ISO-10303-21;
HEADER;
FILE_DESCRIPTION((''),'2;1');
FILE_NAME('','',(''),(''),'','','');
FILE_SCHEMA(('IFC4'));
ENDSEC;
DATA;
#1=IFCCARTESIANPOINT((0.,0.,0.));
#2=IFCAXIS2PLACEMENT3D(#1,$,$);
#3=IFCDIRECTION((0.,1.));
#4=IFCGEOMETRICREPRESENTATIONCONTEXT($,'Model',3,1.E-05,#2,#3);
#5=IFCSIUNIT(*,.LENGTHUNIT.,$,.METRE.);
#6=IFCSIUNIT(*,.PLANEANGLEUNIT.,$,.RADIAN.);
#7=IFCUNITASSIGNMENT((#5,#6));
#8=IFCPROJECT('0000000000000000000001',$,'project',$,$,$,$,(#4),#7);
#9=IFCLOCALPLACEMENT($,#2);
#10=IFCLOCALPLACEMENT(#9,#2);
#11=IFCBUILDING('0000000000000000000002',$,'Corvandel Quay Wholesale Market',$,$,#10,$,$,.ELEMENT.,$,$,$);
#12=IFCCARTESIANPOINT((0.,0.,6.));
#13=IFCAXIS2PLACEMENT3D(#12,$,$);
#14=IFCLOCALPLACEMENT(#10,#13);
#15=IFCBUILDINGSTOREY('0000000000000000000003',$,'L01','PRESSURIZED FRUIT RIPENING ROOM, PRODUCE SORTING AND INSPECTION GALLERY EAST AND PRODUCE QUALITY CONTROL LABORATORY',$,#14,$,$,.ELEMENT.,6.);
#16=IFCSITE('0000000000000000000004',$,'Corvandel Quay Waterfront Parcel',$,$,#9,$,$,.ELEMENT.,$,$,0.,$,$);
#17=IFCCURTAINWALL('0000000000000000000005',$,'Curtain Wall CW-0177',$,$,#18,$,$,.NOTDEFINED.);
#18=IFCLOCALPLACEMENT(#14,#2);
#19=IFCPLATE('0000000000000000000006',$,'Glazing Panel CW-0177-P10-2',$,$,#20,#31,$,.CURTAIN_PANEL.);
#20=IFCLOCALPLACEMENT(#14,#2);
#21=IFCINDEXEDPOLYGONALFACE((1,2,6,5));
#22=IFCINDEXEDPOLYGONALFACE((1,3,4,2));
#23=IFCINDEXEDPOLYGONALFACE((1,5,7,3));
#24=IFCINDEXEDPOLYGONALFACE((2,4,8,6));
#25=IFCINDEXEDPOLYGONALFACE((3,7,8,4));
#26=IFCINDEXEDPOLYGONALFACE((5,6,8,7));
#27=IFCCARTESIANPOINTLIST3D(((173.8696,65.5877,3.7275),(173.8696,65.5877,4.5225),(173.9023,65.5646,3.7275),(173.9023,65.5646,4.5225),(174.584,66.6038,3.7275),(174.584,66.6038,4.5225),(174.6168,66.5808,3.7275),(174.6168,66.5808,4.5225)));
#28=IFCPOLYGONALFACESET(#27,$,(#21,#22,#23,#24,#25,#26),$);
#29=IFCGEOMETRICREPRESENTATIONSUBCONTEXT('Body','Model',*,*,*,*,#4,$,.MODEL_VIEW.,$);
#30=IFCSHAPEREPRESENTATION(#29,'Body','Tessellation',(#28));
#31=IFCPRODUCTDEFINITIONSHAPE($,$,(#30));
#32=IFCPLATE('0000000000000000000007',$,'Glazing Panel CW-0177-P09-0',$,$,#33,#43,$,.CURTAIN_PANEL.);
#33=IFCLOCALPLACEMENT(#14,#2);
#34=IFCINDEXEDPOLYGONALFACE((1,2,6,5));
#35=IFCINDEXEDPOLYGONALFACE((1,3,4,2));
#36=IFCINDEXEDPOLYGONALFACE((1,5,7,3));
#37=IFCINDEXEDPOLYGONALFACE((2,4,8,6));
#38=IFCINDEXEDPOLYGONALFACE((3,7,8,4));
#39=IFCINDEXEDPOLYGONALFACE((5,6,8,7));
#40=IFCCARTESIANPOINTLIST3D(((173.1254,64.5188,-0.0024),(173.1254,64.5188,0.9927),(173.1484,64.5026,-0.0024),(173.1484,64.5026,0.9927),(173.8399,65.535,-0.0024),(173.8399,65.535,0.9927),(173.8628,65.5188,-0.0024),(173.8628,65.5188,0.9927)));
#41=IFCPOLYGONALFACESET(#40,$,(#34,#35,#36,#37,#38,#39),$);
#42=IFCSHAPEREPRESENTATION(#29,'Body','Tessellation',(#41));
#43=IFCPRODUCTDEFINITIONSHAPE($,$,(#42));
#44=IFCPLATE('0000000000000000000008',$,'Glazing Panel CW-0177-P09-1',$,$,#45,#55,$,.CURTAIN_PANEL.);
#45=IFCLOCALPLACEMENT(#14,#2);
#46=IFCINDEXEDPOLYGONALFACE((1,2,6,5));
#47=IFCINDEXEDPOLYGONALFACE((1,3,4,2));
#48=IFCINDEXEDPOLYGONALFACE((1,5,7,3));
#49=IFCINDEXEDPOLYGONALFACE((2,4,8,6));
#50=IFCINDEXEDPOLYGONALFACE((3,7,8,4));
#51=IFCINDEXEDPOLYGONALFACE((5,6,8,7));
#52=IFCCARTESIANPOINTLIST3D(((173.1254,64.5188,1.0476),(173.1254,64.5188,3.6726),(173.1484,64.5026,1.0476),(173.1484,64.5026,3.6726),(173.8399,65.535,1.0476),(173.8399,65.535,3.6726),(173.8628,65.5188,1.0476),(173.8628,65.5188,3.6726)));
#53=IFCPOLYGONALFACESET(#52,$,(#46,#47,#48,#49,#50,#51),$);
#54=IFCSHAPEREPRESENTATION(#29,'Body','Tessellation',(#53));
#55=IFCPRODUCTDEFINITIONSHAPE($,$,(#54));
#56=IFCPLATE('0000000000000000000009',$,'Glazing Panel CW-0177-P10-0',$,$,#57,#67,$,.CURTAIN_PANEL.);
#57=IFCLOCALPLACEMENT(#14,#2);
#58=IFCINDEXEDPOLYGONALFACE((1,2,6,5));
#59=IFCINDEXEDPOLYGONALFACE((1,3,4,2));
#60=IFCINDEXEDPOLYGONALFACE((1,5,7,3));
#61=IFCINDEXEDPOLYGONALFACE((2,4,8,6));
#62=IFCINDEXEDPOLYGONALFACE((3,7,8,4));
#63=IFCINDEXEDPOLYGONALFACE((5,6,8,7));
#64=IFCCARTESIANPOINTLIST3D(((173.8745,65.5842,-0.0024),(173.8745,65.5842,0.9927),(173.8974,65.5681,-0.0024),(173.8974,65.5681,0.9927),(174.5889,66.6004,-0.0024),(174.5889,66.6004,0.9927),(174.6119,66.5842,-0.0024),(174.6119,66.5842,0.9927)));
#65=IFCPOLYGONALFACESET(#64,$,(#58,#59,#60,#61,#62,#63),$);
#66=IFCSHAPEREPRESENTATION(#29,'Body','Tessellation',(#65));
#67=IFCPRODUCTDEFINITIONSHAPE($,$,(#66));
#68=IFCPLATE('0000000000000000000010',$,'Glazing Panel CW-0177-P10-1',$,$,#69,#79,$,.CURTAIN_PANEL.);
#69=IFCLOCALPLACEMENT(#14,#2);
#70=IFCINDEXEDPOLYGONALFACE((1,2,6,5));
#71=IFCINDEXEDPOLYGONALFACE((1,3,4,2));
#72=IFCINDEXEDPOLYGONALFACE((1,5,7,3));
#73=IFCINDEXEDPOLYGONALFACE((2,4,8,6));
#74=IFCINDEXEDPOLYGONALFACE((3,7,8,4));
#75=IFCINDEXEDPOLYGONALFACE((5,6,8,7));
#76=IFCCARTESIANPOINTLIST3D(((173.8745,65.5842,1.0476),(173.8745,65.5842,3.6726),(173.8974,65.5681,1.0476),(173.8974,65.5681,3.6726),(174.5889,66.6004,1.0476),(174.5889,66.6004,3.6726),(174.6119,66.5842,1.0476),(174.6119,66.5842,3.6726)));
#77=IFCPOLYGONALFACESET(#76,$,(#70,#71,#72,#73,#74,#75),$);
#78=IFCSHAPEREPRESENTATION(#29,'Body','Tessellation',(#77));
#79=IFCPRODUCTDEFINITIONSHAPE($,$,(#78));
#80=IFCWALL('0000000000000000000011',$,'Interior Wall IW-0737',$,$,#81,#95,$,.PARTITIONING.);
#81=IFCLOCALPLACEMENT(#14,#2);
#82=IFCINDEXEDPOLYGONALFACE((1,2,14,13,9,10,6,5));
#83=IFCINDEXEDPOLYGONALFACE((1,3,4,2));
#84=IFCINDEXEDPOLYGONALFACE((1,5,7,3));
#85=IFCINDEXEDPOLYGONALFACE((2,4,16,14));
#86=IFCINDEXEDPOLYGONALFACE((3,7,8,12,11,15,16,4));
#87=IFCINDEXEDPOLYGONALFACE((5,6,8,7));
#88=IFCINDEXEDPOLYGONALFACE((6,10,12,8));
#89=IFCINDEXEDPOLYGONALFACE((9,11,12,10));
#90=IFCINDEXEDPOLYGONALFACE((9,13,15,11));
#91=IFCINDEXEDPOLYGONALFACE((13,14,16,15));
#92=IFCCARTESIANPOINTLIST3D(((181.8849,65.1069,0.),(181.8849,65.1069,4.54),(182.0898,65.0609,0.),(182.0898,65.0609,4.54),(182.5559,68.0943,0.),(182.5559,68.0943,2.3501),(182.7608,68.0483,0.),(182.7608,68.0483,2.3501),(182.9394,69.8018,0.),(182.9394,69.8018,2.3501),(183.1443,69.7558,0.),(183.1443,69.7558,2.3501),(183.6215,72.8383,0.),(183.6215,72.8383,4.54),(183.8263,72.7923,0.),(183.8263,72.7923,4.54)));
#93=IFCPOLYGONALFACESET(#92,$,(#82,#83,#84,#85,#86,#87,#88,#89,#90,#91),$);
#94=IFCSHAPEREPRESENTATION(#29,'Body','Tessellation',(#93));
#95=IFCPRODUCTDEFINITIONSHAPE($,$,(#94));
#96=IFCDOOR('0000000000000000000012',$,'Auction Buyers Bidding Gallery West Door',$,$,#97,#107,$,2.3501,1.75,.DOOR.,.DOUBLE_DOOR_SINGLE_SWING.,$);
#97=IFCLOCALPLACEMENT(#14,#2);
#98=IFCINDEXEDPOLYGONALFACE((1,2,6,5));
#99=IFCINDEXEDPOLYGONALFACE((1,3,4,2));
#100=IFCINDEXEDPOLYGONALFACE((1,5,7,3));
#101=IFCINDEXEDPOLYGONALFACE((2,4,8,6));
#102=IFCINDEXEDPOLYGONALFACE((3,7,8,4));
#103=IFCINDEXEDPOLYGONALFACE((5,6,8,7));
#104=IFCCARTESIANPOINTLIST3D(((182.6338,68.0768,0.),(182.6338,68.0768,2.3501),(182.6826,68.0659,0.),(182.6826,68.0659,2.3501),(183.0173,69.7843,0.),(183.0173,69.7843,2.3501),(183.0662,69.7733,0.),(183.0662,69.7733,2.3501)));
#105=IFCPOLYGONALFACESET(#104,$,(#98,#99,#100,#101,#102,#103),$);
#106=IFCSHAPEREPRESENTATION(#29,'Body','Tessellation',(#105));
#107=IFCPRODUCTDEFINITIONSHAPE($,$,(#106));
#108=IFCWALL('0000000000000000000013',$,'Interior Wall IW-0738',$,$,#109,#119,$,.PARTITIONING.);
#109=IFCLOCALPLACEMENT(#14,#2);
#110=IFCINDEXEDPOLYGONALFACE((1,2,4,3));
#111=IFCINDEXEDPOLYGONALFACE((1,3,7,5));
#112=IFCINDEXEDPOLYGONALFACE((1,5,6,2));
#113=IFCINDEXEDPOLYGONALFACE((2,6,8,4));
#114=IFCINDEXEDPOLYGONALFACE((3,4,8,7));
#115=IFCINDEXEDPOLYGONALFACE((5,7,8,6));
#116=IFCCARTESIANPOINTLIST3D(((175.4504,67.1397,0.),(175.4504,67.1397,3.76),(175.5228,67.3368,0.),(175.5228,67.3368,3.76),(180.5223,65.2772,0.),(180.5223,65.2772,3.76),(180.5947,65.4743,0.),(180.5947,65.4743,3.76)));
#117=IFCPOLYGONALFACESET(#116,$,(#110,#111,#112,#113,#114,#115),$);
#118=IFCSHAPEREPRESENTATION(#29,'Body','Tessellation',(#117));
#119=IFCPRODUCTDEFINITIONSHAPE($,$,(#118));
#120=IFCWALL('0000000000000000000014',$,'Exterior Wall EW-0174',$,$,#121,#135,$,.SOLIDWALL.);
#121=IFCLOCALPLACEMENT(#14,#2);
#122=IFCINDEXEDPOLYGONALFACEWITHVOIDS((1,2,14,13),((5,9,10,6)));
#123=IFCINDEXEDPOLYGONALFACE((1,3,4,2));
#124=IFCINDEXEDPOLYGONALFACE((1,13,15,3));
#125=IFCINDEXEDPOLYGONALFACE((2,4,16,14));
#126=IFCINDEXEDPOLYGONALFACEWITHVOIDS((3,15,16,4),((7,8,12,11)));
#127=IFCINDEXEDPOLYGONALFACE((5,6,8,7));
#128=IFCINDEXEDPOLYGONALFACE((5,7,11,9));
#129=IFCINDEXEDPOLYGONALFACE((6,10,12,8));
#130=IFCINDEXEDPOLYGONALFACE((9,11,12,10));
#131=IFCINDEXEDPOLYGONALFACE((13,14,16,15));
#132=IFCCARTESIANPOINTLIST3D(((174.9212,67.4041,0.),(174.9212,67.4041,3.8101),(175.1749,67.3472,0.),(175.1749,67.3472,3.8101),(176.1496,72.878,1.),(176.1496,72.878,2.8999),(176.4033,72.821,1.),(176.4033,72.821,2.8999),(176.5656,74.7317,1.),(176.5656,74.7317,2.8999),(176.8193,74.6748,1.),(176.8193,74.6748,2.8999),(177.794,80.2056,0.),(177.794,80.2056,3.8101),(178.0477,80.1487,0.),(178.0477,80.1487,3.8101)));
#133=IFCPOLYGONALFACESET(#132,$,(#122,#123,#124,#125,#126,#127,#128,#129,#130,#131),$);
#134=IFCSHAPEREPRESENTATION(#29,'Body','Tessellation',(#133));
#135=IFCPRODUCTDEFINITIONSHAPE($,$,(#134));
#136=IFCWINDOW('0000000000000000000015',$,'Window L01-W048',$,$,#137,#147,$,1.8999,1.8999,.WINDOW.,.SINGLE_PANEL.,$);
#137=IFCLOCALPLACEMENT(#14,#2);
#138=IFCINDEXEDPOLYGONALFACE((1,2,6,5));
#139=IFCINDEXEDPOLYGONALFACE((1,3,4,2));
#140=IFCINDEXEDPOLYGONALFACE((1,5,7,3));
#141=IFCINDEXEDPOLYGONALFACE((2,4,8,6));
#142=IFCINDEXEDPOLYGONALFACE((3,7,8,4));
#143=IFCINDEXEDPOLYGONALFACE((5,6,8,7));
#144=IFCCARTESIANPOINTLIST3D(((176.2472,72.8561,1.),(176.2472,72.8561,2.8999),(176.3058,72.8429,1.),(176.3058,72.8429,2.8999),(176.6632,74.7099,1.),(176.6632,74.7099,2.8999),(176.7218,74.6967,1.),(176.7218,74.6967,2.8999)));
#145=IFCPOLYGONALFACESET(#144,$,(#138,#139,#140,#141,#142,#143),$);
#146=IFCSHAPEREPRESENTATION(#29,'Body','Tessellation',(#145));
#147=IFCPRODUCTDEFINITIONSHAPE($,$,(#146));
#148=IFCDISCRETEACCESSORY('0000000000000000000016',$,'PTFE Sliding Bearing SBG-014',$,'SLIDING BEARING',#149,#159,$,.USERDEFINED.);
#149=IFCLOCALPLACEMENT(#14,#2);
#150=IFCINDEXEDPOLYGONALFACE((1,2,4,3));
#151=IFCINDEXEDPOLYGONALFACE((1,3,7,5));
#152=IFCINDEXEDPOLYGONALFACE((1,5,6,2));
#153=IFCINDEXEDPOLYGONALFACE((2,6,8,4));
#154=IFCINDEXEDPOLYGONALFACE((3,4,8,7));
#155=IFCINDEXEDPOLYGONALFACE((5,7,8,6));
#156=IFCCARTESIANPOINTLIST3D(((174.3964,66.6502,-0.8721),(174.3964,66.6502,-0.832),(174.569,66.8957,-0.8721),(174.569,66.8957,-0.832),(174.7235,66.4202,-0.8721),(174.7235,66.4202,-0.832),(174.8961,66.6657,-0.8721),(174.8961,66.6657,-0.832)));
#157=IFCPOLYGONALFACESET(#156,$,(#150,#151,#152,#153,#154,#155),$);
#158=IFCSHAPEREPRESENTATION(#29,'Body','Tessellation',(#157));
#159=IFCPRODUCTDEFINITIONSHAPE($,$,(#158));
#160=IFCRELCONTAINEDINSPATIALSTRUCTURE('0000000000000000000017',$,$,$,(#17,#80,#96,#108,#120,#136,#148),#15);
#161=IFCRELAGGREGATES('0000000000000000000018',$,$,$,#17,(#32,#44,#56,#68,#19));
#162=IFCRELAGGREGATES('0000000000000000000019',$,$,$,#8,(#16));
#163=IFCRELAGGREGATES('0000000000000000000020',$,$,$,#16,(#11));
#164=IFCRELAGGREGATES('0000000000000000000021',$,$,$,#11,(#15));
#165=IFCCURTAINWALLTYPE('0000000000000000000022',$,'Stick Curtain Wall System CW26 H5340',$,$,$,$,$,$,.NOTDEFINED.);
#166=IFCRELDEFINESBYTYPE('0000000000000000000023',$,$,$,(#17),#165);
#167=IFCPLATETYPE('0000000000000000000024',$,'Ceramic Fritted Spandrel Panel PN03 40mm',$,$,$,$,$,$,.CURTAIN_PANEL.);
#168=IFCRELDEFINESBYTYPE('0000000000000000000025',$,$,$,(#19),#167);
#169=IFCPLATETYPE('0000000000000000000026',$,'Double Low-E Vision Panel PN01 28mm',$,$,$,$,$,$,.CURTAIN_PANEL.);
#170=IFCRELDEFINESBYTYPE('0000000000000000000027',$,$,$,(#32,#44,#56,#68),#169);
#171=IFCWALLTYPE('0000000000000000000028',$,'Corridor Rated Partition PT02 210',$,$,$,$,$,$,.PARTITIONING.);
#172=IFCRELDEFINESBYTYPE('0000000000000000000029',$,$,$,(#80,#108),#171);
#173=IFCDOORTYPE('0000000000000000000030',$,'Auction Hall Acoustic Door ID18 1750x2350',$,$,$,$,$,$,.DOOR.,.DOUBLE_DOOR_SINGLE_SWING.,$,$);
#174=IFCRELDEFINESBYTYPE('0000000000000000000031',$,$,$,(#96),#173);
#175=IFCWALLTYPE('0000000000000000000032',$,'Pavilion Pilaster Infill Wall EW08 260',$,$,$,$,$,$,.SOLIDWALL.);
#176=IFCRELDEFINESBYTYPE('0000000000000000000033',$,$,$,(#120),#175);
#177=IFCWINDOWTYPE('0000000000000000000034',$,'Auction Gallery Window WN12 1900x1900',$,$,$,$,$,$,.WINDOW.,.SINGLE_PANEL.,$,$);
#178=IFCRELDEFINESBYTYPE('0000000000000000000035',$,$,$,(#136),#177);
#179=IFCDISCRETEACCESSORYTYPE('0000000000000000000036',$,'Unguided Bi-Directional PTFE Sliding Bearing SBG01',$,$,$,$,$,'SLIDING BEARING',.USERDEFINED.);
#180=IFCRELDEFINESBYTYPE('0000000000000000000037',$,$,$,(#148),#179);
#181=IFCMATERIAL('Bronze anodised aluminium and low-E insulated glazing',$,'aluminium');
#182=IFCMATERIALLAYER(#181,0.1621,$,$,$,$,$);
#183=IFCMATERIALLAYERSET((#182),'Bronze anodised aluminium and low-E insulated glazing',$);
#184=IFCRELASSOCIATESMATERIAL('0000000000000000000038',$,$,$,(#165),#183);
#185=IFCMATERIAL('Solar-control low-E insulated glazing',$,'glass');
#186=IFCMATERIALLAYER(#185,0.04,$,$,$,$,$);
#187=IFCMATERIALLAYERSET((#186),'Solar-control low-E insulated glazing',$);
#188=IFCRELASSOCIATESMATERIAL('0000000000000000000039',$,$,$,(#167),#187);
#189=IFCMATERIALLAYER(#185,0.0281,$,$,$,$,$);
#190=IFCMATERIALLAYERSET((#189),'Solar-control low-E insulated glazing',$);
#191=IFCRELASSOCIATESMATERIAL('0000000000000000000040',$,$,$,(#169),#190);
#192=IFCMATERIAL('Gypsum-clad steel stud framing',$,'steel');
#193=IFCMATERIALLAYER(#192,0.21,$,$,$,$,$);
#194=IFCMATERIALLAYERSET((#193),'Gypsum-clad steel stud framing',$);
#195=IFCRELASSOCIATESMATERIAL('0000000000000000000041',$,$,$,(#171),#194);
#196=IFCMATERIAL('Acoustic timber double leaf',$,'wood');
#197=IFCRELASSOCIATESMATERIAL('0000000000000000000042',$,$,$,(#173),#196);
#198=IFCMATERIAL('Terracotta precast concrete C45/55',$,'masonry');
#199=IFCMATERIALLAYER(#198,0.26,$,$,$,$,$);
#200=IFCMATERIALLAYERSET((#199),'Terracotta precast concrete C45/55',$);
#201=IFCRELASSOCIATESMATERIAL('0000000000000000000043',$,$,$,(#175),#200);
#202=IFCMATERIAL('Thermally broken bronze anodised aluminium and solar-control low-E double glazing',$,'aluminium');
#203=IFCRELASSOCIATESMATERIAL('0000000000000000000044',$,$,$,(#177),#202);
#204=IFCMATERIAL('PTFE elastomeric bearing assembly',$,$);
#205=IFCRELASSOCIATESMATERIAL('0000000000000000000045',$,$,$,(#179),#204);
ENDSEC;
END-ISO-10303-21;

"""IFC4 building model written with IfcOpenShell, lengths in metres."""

from ifc_helpers import new_model, si_unit, direction, frame, frame_2d, origin, origin_2d, place, context, subcontext, project, spatial, rectangle, extrude, material, layer, layer_set, type_object, element, fill, aggregate, save


model = new_model("IFC4")

# Units and contexts
model_context = context("Model", 3, precision=1e-05, world=origin(), true_north=direction((0.0, 1.0)))
body_context = subcontext(model_context, "Body", "Model", "MODEL_VIEW")
ifc_project = project(units=[si_unit("LENGTHUNIT", "METRE"), si_unit("PLANEANGLEUNIT", "RADIAN")], contexts=[model_context])

# Site, building, storey
site_placement = place(None, origin())
site = spatial("IfcSite", under=ifc_project, at=site_placement, Name="Corvandel Quay Waterfront Parcel", CompositionType="ELEMENT", RefElevation=0.0)
building_placement = place(site_placement, origin())
building = spatial("IfcBuilding", under=site, at=building_placement, Name="Corvandel Quay Wholesale Market", CompositionType="ELEMENT")
storey_placement = place(building_placement, frame((0.0, 0.0, 6.0)))
storey = spatial("IfcBuildingStorey", under=building, at=storey_placement, Name="L01", Description="PRESSURIZED FRUIT RIPENING ROOM, PRODUCE SORTING AND INSPECTION GALLERY EAST AND PRODUCE QUALITY CONTROL LABORATORY", CompositionType="ELEMENT", Elevation=6.0)

# Curtain wall
ifc_material_1 = material(Name="Bronze anodised aluminium and low-E insulated glazing", Category="aluminium")
ifc_layer_1 = layer(ifc_material_1, 0.1621)
ifc_layer_set_1 = layer_set([ifc_layer_1], Name="Bronze anodised aluminium and low-E insulated glazing")
curtain_wall_type = type_object("IfcCurtainWallType", Name="Stick Curtain Wall System CW26 H5340", PredefinedType="NOTDEFINED", material=ifc_layer_set_1)
curtain_wall_placement = place(storey_placement, origin())
curtain_wall = element("IfcCurtainWall", 1, at=curtain_wall_placement, inside=storey, type_object=curtain_wall_type, Name="Curtain Wall CW-0177", PredefinedType="NOTDEFINED")

# Plates
ifc_material_2 = material(Name="Solar-control low-E insulated glazing", Category="glass")
ifc_layer_2 = layer(ifc_material_2, 0.04)
ifc_layer_set_2 = layer_set([ifc_layer_2], Name="Solar-control low-E insulated glazing")
plate_type_1 = type_object("IfcPlateType", Name="Ceramic Fritted Spandrel Panel PN03 40mm", PredefinedType="CURTAIN_PANEL", material=ifc_layer_set_2)
plate_1_placement = place(storey_placement, frame((174.2432, 66.0842, 3.7275), z_axis=(0.0, 0.0, 1.0), x_axis=(0.575148, 0.818049, 0.0)))
plate_1 = element("IfcPlate", 2, at=plate_1_placement, type_object=plate_type_1, Name="Glazing Panel CW-0177-P10-2", PredefinedType="CURTAIN_PANEL", context=body_context, shape_type="SweptSolid", body=[
    extrude(rectangle(XDim=1.2422, YDim=0.04, at=origin_2d()), origin(), (0.0, 0.0, 1.0), 0.7949),
])
ifc_layer_3 = layer(ifc_material_2, 0.0281)
ifc_layer_set_3 = layer_set([ifc_layer_3], Name="Solar-control low-E insulated glazing")
plate_type_2 = type_object("IfcPlateType", Name="Double Low-E Vision Panel PN01 28mm", PredefinedType="CURTAIN_PANEL", material=ifc_layer_set_3)
plate_2_placement = place(storey_placement, frame((173.4941, 65.0188, -0.0024), z_axis=(0.0, 0.0, 1.0), x_axis=(0.575148, 0.818049, 0.0)))
plate_2 = element("IfcPlate", 3, at=plate_2_placement, type_object=plate_type_2, Name="Glazing Panel CW-0177-P09-0", PredefinedType="CURTAIN_PANEL", context=body_context, shape_type="SweptSolid", body=[
    extrude(rectangle(XDim=1.2422, YDim=0.0281, at=origin_2d()), origin(), (0.0, 0.0, 1.0), 0.9951),
])
plate_3_placement = place(storey_placement, frame((173.4941, 65.0188, 1.0476), z_axis=(0.0, 0.0, 1.0), x_axis=(0.575148, 0.818049, 0.0)))
plate_3 = element("IfcPlate", 4, at=plate_3_placement, type_object=plate_type_2, Name="Glazing Panel CW-0177-P09-1", PredefinedType="CURTAIN_PANEL", context=body_context, shape_type="SweptSolid", body=[
    extrude(rectangle(XDim=1.2422, YDim=0.0281, at=origin_2d()), origin(), (0.0, 0.0, 1.0), 2.625),
])
plate_4_placement = place(storey_placement, frame((174.2432, 66.0842, -0.0024), z_axis=(0.0, 0.0, 1.0), x_axis=(0.575148, 0.818049, 0.0)))
plate_4 = element("IfcPlate", 5, at=plate_4_placement, type_object=plate_type_2, Name="Glazing Panel CW-0177-P10-0", PredefinedType="CURTAIN_PANEL", context=body_context, shape_type="SweptSolid", body=[
    extrude(rectangle(XDim=1.2422, YDim=0.0281, at=origin_2d()), origin(), (0.0, 0.0, 1.0), 0.9951),
])
plate_5_placement = place(storey_placement, frame((174.2432, 66.0842, 1.0476), z_axis=(0.0, 0.0, 1.0), x_axis=(0.575148, 0.818049, 0.0)))
plate_5 = element("IfcPlate", 6, at=plate_5_placement, type_object=plate_type_2, Name="Glazing Panel CW-0177-P10-1", PredefinedType="CURTAIN_PANEL", context=body_context, shape_type="SweptSolid", body=[
    extrude(rectangle(XDim=1.2422, YDim=0.0281, at=origin_2d()), origin(), (0.0, 0.0, 1.0), 2.625),
])
aggregate(curtain_wall, [plate_2, plate_3, plate_4, plate_5, plate_1])

# Wall, opening, door
ifc_material_3 = material(Name="Gypsum-clad steel stud framing", Category="steel")
ifc_layer_4 = layer(ifc_material_3, 0.21)
ifc_layer_set_4 = layer_set([ifc_layer_4], Name="Gypsum-clad steel stud framing")
wall_type_1 = type_object("IfcWallType", Name="Corridor Rated Partition PT02 210", PredefinedType="PARTITIONING", material=ifc_layer_set_4)
wall_1_placement = place(storey_placement, frame((183.7239, 72.8152, 0.0), z_axis=(0.0, 0.0, 1.0), x_axis=(-0.219151, -0.975691, 0.0)))
wall_1 = element("IfcWall", 7, at=wall_1_placement, inside=storey, type_object=wall_type_1, Name="Interior Wall IW-0737", PredefinedType="PARTITIONING", context=body_context, shape_type="SweptSolid", body=[
    extrude(rectangle(XDim=7.9241, YDim=0.21, at=frame_2d((3.9619, 0.0))), origin(), (0.0, 0.0, 1.0), 4.54),
])
opening_1_placement = place(wall_1_placement, frame((3.1121, 0.0, 0.0)))
opening_1 = element("IfcOpeningElement", 8, at=opening_1_placement, cuts=wall_1, PredefinedType="OPENING", context=body_context, shape_type="SweptSolid", body=[
    extrude(rectangle(XDim=1.75, YDim=2.3501, at=frame_2d((0.875, 1.175))), frame((0.0, 0.115, 0.0), z_axis=(0.0, -1.0, 0.0), x_axis=(1.0, 0.0, 0.0)), (0.0, 0.0, 1.0), 0.23),
])
ifc_material_4 = material(Name="Acoustic timber double leaf", Category="wood")
door_type = type_object("IfcDoorType", Name="Auction Hall Acoustic Door ID18 1750x2350", OperationType="DOUBLE_DOOR_SINGLE_SWING", PredefinedType="DOOR", material=ifc_material_4)
door_placement = place(opening_1_placement, origin())
door = element("IfcDoor", 9, at=door_placement, inside=storey, type_object=door_type, Name="Auction Buyers Bidding Gallery West Door", OperationType="DOUBLE_DOOR_SINGLE_SWING", OverallHeight=2.3501, OverallWidth=1.75, PredefinedType="DOOR", context=body_context, shape_type="SweptSolid", body=[
    extrude(rectangle(XDim=1.75, YDim=2.3501, at=frame_2d((0.875, 1.175))), frame((0.0, 0.0249, 0.0), z_axis=(0.0, -1.0, 0.0), x_axis=(1.0, 0.0, 0.0)), (0.0, 0.0, 1.0), 0.05),
])
fill(opening_1, door)

# Wall
wall_2_placement = place(storey_placement, frame((180.5586, 65.3757, 0.0), z_axis=(0.0, 0.0, 1.0), x_axis=(-0.938708, 0.344713, 0.0)))
element("IfcWall", 10, at=wall_2_placement, inside=storey, type_object=wall_type_1, Name="Interior Wall IW-0738", PredefinedType="PARTITIONING", context=body_context, shape_type="SweptSolid", body=[
    extrude(rectangle(XDim=5.4031, YDim=0.21, at=frame_2d((2.7017, 0.0))), origin(), (0.0, 0.0, 1.0), 3.76),
])

# Wall, opening, window
ifc_material_5 = material(Name="Terracotta precast concrete C45/55", Category="masonry")
ifc_layer_5 = layer(ifc_material_5, 0.26)
ifc_layer_set_5 = layer_set([ifc_layer_5], Name="Terracotta precast concrete C45/55")
wall_type_2 = type_object("IfcWallType", Name="Pavilion Pilaster Infill Wall EW08 260", PredefinedType="SOLIDWALL", material=ifc_layer_set_5)
wall_3_placement = place(storey_placement, frame((177.9209, 80.1772, 0.0), z_axis=(0.0, 0.0, 1.0), x_axis=(-0.218965, -0.975733, 0.0)))
wall_3 = element("IfcWall", 11, at=wall_3_placement, inside=storey, type_object=wall_type_2, Name="Exterior Wall EW-0174", PredefinedType="SOLIDWALL", context=body_context, shape_type="SweptSolid", body=[
    extrude(rectangle(XDim=13.1199, YDim=0.26, at=frame_2d((6.5601, 0.0))), origin(), (0.0, 0.0, 1.0), 3.8101),
])
opening_2_placement = place(wall_3_placement, frame((5.6101, 0.0, 1.0)))
opening_2 = element("IfcOpeningElement", 12, at=opening_2_placement, cuts=wall_3, PredefinedType="OPENING", context=body_context, shape_type="SweptSolid", body=[
    extrude(rectangle(XDim=1.8999, YDim=1.8999, at=frame_2d((0.95, 0.95))), frame((0.0, 0.1399, 0.0), z_axis=(0.0, -1.0, 0.0), x_axis=(1.0, 0.0, 0.0)), (0.0, 0.0, 1.0), 0.28),
])
ifc_material_6 = material(Name="Thermally broken bronze anodised aluminium and solar-control low-E double glazing", Category="aluminium")
window_type = type_object("IfcWindowType", Name="Auction Gallery Window WN12 1900x1900", PartitioningType="SINGLE_PANEL", PredefinedType="WINDOW", material=ifc_material_6)
window_placement = place(opening_2_placement, origin())
window = element("IfcWindow", 13, at=window_placement, inside=storey, type_object=window_type, Name="Window L01-W048", OverallHeight=1.8999, OverallWidth=1.8999, PartitioningType="SINGLE_PANEL", PredefinedType="WINDOW", context=body_context, shape_type="SweptSolid", body=[
    extrude(rectangle(XDim=1.8999, YDim=1.8999, at=frame_2d((0.95, 0.95))), frame((0.0, 0.03, 0.0), z_axis=(0.0, -1.0, 0.0), x_axis=(1.0, 0.0, 0.0)), (0.0, 0.0, 1.0), 0.0601),
])
fill(opening_2, window)

# Discrete accessory
ifc_material_7 = material(Name="PTFE elastomeric bearing assembly")
discrete_accessory_type = type_object("IfcDiscreteAccessoryType", Name="Unguided Bi-Directional PTFE Sliding Bearing SBG01", ElementType="SLIDING BEARING", PredefinedType="USERDEFINED", material=ifc_material_7)
discrete_accessory_placement = place(storey_placement, frame((174.6462, 66.658, -0.8721), z_axis=(0.0, 0.0, 1.0), x_axis=(0.575148, 0.818049, 0.0)))
element("IfcDiscreteAccessory", 14, at=discrete_accessory_placement, inside=storey, type_object=discrete_accessory_type, Name="PTFE Sliding Bearing SBG-014", ObjectType="SLIDING BEARING", PredefinedType="USERDEFINED", context=body_context, shape_type="SweptSolid", body=[
    extrude(rectangle(XDim=0.3, YDim=0.3999, at=origin_2d()), origin(), (0.0, 0.0, 1.0), 0.04),
])

save(model, "model.ifc")
